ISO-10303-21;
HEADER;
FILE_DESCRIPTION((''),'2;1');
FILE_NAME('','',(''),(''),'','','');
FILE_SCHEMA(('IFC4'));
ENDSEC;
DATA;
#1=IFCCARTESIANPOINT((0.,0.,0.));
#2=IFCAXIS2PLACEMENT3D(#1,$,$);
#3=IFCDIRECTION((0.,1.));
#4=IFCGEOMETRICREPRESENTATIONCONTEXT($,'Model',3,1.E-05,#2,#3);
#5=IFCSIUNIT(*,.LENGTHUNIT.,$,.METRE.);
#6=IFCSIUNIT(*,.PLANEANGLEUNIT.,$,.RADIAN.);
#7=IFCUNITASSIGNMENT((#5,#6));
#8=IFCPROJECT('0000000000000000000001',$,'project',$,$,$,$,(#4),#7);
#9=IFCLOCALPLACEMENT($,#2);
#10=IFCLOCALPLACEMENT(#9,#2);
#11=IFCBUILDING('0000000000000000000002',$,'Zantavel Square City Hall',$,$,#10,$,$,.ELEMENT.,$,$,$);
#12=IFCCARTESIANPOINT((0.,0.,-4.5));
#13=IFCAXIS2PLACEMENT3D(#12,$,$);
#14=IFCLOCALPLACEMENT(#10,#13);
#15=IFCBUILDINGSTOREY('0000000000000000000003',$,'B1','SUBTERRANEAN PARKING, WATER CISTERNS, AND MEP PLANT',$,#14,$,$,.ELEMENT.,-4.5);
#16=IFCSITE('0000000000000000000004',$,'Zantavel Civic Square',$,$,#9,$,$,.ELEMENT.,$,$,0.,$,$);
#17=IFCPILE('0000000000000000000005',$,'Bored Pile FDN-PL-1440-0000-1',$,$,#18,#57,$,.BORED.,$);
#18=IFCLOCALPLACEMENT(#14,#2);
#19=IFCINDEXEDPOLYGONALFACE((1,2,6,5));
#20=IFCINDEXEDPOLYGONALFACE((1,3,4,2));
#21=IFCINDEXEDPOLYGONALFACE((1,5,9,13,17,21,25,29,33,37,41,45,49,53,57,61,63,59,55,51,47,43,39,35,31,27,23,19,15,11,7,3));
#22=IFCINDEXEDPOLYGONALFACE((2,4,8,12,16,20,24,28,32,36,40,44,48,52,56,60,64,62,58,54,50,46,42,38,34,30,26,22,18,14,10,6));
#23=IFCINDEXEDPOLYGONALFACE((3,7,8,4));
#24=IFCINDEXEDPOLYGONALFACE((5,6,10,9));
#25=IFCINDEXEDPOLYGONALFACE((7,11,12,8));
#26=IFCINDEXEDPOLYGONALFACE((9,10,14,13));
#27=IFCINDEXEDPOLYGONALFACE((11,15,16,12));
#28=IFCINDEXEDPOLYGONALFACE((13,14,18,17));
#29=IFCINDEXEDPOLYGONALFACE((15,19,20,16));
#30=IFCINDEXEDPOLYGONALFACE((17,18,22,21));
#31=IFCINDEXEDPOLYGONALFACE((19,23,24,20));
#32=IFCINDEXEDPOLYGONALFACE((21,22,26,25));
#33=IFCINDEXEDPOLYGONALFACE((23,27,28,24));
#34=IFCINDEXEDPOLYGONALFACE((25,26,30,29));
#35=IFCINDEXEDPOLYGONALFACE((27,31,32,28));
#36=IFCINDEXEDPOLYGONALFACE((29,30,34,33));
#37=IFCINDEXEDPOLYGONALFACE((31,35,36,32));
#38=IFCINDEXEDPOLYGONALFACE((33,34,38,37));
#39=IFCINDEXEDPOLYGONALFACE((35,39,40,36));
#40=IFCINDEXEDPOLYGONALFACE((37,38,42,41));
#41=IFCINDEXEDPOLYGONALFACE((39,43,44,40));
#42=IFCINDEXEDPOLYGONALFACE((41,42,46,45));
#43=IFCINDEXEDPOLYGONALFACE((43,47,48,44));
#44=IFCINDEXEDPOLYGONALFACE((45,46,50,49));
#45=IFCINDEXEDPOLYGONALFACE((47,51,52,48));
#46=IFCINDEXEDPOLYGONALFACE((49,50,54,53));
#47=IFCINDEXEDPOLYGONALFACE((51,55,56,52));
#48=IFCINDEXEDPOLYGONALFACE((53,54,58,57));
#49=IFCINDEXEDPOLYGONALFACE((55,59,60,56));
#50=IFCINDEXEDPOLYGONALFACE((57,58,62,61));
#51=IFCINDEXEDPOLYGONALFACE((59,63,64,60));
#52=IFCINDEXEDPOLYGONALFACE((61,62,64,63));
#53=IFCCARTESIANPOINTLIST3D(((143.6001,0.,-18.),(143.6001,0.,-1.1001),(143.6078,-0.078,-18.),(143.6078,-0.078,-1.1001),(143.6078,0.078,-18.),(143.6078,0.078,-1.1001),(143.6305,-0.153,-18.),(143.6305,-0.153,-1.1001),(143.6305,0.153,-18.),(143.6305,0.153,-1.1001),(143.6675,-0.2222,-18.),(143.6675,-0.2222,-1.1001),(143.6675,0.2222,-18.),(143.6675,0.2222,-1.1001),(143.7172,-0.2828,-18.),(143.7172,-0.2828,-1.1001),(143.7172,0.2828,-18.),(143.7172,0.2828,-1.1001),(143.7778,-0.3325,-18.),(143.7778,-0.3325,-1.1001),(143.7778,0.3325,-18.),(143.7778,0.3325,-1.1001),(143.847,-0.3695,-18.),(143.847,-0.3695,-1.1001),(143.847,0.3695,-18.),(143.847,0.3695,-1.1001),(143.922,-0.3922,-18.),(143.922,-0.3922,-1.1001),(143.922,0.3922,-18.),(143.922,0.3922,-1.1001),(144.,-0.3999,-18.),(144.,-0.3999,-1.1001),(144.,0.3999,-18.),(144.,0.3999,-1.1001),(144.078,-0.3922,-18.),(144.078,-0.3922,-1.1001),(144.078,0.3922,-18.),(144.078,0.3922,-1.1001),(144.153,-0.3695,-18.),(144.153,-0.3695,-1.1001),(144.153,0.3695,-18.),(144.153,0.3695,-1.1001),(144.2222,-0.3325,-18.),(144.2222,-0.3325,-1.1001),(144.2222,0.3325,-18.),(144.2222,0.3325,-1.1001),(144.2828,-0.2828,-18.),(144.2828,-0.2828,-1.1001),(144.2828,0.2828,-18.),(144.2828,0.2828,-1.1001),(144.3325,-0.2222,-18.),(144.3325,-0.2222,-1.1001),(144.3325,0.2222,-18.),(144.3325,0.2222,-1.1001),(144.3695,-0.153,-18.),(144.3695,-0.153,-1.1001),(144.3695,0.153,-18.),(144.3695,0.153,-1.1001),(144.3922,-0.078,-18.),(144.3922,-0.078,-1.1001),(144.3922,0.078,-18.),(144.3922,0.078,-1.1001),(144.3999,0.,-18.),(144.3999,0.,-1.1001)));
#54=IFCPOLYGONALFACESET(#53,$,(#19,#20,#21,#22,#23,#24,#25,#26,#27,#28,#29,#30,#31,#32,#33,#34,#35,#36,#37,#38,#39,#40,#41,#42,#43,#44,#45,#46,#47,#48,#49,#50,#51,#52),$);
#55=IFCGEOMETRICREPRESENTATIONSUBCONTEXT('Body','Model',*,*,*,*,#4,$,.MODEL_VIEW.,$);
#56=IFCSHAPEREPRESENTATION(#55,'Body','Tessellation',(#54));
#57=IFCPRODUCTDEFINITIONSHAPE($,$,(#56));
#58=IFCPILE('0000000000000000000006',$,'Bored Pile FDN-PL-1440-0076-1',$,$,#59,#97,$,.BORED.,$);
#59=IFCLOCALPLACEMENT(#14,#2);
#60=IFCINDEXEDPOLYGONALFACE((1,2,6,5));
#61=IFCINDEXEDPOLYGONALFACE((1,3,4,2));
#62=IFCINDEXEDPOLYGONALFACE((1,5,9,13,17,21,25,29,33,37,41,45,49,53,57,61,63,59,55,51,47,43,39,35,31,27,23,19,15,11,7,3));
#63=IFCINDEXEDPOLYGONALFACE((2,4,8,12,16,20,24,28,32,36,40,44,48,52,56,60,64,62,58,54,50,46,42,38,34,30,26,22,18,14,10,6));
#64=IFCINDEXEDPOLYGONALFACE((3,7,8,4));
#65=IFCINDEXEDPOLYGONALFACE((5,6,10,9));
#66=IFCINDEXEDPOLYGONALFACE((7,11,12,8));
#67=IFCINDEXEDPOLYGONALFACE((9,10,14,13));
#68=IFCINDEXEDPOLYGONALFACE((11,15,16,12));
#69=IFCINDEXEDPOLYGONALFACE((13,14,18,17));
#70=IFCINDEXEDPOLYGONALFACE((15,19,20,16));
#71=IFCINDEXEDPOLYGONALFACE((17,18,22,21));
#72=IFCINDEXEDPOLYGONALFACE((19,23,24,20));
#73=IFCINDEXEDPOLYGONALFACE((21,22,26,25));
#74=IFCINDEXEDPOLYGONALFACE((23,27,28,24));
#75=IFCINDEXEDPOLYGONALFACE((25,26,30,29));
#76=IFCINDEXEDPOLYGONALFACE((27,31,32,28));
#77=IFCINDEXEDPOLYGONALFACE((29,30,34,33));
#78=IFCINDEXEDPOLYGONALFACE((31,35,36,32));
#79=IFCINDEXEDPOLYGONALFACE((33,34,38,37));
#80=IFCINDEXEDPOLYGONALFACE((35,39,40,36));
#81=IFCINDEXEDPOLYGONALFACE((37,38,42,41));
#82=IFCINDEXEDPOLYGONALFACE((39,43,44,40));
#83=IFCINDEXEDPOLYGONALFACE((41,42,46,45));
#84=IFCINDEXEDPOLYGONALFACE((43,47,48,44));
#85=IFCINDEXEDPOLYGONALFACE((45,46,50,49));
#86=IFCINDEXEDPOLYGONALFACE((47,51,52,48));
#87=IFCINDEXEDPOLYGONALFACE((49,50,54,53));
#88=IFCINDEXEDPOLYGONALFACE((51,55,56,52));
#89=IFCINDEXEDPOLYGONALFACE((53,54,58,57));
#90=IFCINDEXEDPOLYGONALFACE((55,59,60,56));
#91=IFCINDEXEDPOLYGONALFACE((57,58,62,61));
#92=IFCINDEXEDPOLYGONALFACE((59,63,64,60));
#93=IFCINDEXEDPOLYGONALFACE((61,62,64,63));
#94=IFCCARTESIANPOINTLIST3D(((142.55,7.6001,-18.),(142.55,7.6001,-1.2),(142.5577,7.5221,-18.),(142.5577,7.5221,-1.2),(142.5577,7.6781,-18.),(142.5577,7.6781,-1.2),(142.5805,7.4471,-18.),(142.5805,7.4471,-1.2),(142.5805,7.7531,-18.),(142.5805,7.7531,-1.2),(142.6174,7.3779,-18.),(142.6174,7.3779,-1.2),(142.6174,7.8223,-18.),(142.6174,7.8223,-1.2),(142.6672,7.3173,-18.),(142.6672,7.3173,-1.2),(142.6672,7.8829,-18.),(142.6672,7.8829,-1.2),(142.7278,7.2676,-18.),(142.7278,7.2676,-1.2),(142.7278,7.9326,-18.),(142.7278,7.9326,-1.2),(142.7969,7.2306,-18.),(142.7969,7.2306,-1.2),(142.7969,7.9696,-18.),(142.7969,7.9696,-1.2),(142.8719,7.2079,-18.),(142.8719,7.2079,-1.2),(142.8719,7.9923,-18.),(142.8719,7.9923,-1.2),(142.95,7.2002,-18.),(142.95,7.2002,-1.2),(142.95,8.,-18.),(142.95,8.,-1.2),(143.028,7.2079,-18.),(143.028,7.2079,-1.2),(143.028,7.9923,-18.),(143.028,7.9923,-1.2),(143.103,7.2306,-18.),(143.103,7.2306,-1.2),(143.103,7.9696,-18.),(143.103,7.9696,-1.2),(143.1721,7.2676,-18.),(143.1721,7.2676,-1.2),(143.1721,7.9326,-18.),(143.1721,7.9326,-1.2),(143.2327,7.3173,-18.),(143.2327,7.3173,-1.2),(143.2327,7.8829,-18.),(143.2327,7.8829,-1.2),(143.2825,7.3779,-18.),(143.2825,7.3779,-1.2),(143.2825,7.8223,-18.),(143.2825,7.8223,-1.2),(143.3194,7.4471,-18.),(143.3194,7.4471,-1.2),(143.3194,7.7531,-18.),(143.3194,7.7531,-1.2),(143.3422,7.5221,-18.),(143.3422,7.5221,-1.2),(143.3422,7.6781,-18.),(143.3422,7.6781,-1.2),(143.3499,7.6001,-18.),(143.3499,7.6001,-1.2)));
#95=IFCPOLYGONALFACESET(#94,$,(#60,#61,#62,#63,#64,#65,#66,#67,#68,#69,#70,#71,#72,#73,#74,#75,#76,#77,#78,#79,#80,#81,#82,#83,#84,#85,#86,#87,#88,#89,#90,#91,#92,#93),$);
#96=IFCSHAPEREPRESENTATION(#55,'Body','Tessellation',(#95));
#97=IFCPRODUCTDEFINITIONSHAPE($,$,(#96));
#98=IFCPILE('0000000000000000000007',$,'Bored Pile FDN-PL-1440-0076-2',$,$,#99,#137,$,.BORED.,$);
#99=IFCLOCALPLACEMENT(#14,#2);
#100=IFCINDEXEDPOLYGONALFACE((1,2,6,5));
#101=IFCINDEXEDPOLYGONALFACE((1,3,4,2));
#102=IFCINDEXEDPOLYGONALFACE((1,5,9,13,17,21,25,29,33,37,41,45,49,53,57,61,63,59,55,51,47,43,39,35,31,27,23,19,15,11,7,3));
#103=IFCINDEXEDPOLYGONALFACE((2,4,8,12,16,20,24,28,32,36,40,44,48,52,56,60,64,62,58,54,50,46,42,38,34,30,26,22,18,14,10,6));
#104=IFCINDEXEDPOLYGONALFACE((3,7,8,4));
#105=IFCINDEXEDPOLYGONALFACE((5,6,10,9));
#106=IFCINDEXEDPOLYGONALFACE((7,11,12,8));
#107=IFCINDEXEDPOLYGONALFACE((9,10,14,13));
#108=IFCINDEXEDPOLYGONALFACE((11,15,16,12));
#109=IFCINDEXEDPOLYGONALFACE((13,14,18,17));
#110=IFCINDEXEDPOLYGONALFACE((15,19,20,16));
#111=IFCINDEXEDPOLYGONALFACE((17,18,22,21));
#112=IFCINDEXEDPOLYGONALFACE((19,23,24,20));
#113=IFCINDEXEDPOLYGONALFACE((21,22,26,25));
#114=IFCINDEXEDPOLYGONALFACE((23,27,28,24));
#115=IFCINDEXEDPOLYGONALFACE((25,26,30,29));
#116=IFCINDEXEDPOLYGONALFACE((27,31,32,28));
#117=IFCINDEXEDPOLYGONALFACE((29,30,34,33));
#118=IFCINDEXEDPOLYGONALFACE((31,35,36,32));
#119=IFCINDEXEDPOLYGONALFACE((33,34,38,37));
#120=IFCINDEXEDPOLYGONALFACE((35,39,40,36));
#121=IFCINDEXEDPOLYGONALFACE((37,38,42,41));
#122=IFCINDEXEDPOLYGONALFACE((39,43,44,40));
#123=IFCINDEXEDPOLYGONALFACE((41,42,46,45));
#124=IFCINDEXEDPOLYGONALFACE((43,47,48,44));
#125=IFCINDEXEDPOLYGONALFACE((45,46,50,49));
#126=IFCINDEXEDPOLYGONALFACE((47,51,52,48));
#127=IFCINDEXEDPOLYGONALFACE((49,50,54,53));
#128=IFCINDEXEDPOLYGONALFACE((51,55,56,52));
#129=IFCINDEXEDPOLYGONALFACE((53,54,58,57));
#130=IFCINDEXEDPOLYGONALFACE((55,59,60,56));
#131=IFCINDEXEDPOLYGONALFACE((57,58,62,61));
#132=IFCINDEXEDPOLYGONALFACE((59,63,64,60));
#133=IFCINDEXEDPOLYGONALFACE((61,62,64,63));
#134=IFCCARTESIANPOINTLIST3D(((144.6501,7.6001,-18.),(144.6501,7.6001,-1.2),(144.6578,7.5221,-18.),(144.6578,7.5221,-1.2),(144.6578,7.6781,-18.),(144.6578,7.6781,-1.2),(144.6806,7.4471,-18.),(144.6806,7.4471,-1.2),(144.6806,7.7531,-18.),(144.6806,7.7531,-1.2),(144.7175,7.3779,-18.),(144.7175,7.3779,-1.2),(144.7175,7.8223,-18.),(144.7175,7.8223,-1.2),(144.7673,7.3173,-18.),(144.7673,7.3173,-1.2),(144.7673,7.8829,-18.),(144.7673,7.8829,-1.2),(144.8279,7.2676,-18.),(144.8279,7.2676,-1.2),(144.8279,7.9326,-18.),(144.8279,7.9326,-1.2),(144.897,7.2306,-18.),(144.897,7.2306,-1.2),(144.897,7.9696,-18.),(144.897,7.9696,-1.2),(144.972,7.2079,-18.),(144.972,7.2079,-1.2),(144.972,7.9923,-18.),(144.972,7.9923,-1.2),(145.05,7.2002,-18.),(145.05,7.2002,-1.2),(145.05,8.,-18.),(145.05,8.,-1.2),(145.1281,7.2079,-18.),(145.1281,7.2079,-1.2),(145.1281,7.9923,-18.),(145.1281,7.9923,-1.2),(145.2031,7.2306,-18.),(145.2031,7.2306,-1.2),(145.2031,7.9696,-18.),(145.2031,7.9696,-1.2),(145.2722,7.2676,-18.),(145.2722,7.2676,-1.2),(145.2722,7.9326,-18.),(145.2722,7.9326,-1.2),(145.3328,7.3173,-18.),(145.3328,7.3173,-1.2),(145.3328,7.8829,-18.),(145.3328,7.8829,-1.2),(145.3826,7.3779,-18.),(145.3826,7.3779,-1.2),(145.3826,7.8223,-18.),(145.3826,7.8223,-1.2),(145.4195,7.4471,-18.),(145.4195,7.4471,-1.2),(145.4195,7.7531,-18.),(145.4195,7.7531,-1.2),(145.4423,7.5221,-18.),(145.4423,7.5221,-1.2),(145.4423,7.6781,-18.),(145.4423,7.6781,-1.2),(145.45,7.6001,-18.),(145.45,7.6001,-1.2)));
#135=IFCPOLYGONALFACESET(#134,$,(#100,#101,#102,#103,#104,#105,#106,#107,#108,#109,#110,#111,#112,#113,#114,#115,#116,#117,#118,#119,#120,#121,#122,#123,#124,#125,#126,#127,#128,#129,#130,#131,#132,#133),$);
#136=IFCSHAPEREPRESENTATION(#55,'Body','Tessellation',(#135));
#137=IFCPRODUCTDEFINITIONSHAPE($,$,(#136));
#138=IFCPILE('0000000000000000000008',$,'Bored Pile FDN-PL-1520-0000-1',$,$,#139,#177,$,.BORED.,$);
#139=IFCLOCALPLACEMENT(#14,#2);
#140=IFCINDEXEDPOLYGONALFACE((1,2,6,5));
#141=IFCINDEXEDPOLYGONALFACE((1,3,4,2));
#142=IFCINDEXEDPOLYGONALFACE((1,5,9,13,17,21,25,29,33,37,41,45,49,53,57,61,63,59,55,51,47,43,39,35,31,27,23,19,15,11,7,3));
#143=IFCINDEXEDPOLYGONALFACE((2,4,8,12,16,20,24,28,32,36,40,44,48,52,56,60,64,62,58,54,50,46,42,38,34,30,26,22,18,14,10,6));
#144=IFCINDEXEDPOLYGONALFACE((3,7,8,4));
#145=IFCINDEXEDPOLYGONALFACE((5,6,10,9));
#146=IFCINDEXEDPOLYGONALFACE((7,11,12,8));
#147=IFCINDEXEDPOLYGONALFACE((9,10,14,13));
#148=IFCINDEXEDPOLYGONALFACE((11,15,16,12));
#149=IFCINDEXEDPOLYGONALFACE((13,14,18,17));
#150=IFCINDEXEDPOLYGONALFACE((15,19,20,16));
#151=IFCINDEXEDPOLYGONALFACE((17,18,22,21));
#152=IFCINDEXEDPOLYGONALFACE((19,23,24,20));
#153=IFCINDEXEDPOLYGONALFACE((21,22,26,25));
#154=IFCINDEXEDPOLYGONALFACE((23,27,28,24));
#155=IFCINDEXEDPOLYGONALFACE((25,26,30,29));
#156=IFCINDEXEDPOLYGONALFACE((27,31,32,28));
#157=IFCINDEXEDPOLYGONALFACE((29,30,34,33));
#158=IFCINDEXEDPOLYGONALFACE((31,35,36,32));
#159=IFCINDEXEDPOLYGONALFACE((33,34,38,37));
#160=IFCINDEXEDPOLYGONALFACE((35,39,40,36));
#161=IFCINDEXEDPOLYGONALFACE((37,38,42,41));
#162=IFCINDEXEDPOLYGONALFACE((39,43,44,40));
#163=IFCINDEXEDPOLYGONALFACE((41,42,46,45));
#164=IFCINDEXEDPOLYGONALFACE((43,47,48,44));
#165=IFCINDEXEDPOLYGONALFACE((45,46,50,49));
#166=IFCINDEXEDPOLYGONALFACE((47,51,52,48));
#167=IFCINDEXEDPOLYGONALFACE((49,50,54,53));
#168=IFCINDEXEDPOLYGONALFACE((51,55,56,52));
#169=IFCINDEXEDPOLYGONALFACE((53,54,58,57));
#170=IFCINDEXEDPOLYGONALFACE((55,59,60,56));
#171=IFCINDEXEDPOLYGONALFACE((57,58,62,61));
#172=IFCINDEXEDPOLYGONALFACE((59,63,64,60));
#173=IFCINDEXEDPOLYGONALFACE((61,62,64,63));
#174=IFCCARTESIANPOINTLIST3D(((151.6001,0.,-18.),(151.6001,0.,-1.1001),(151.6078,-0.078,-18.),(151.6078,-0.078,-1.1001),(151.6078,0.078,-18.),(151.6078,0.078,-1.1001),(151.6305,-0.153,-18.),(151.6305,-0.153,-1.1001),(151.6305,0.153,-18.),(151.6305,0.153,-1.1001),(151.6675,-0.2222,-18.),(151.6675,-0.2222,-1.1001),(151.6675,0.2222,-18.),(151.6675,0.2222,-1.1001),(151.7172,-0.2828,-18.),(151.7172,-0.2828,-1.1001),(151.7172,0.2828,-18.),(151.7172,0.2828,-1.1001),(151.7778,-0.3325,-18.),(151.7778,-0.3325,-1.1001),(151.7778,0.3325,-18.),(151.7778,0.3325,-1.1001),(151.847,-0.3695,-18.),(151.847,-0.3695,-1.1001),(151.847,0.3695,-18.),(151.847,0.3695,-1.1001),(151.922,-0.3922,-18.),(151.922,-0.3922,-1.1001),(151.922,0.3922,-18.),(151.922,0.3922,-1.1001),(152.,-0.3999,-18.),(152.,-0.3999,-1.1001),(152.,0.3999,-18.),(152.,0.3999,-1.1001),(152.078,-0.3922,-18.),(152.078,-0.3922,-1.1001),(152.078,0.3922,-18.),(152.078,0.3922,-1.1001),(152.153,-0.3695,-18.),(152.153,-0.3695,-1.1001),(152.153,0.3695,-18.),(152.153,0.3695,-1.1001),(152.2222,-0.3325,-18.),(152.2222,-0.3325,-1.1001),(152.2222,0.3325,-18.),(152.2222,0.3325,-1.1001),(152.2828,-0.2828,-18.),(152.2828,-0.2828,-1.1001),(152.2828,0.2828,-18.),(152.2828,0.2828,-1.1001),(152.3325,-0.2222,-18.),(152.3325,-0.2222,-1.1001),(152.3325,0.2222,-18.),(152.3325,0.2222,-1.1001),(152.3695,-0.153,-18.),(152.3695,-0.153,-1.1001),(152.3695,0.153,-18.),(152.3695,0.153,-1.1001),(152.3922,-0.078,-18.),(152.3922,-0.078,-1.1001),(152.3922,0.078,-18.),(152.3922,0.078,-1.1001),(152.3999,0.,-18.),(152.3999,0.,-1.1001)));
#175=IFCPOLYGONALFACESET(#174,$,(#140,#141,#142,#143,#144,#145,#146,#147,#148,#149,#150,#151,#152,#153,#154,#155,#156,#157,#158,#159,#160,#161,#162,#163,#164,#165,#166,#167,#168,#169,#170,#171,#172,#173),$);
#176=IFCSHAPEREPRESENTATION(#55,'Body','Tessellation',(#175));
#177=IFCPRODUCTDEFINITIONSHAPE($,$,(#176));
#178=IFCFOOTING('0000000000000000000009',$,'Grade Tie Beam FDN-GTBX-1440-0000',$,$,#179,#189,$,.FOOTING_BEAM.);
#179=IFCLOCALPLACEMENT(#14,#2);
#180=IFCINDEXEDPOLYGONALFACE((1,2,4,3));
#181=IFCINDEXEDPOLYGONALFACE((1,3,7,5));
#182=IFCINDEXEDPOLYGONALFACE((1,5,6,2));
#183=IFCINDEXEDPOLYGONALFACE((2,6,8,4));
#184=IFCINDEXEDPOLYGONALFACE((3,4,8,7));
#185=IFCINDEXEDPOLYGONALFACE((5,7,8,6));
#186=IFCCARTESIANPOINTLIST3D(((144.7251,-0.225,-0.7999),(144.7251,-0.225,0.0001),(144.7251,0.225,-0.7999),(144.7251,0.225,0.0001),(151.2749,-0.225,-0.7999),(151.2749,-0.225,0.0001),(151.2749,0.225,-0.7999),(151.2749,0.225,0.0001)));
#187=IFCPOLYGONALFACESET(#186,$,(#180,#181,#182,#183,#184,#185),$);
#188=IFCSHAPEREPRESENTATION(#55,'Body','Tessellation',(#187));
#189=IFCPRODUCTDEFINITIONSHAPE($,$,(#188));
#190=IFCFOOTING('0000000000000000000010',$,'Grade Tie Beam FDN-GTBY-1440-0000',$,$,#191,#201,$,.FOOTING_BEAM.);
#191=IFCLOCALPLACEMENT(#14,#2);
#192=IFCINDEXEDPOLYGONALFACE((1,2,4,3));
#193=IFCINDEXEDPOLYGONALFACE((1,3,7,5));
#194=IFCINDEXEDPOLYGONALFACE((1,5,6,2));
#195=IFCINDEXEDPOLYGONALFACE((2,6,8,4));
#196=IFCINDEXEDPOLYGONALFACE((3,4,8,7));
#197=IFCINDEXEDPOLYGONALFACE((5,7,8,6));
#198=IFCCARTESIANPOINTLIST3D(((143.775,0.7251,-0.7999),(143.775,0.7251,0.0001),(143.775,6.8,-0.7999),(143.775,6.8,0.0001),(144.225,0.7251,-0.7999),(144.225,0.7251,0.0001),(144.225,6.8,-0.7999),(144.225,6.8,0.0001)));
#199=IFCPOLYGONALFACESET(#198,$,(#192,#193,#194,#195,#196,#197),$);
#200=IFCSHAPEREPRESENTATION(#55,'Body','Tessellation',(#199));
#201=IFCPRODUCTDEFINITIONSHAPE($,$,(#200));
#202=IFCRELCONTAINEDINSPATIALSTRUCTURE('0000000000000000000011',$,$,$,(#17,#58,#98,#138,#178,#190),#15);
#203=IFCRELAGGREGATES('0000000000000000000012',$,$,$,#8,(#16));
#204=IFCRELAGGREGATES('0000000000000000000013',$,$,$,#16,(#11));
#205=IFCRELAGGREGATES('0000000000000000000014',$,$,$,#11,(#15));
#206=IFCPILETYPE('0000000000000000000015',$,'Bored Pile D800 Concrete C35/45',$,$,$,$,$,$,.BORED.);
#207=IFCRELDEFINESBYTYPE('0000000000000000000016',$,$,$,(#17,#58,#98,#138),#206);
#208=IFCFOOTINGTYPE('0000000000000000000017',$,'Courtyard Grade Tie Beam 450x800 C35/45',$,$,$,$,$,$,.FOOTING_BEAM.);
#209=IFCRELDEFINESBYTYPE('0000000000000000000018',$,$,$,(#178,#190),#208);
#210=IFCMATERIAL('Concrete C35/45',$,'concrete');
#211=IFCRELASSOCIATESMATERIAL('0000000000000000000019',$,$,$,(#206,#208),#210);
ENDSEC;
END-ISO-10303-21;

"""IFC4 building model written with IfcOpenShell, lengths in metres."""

from ifc_helpers import new_model, si_unit, direction, frame, origin, origin_2d, place, context, subcontext, project, spatial, rectangle, circle, extrude, material, material_profile, profile_set, type_object, element, save


model = new_model("IFC4")

# Units and contexts
model_context = context("Model", 3, precision=1e-05, world=origin(), true_north=direction((0.0, 1.0)))
body_context = subcontext(model_context, "Body", "Model", "MODEL_VIEW")
ifc_project = project(units=[si_unit("LENGTHUNIT", "METRE"), si_unit("PLANEANGLEUNIT", "RADIAN")], contexts=[model_context])

# Site, building, storey
site_placement = place(None, origin())
site = spatial("IfcSite", under=ifc_project, at=site_placement, Name="Zantavel Civic Square", CompositionType="ELEMENT", RefElevation=0.0)
building_placement = place(site_placement, origin())
building = spatial("IfcBuilding", under=site, at=building_placement, Name="Zantavel Square City Hall", CompositionType="ELEMENT")
storey_placement = place(building_placement, frame((0.0, 0.0, -4.5)))
storey = spatial("IfcBuildingStorey", under=building, at=storey_placement, Name="B1", Description="SUBTERRANEAN PARKING, WATER CISTERNS, AND MEP PLANT", CompositionType="ELEMENT", Elevation=-4.5)

# Piles
ifc_material_1 = material(Name="Concrete C35/45", Category="concrete")
ifc_material_profile_1 = material_profile(ifc_material_1, circle(Radius=0.3999, at=origin_2d()), Name="PILE D800")
ifc_profile_set_1 = profile_set([ifc_material_profile_1], Name="Concrete C35/45")
pile_type = type_object("IfcPileType", Name="Bored Pile D800 Concrete C35/45", PredefinedType="BORED", material=ifc_profile_set_1)
pile_1_placement = place(storey_placement, frame((144.0, 0.0, -1.1001), z_axis=(0.0, 0.0, -1.0), x_axis=(1.0, 0.0, 0.0)))
element("IfcPile", 1, at=pile_1_placement, inside=storey, type_object=pile_type, Name="Bored Pile FDN-PL-1440-0000-1", PredefinedType="BORED", context=body_context, shape_type="SweptSolid", body=[
    extrude(circle(Radius=0.3999, at=origin_2d()), origin(), (0.0, 0.0, 1.0), 16.8999),
])
for number, where, z_axis, x_axis, name in (
    (2, (142.95, 7.6001, -1.2), (0.0, 0.0, -1.0), (1.0, 0.0, 0.0), "Bored Pile FDN-PL-1440-0076-1"),
    (3, (145.05, 7.6001, -1.2), (0.0, 0.0, -1.0), (1.0, 0.0, 0.0), "Bored Pile FDN-PL-1440-0076-2"),
):
    element("IfcPile", number, at=place(storey_placement, frame(where, z_axis=z_axis, x_axis=x_axis)), inside=storey, type_object=pile_type, Name=name, PredefinedType="BORED", context=body_context, shape_type="SweptSolid", body=[
        extrude(circle(Radius=0.3999, at=origin_2d()), origin(), (0.0, 0.0, 1.0), 16.8),
    ])
pile_2_placement = place(storey_placement, frame((152.0, 0.0, -1.1001), z_axis=(0.0, 0.0, -1.0), x_axis=(1.0, 0.0, 0.0)))
element("IfcPile", 4, at=pile_2_placement, inside=storey, type_object=pile_type, Name="Bored Pile FDN-PL-1520-0000-1", PredefinedType="BORED", context=body_context, shape_type="SweptSolid", body=[
    extrude(circle(Radius=0.3999, at=origin_2d()), origin(), (0.0, 0.0, 1.0), 16.8999),
])

# Footings
ifc_material_profile_2 = material_profile(ifc_material_1, rectangle(XDim=0.45, YDim=0.8, at=origin_2d()), Name="RC 450x800")
ifc_profile_set_2 = profile_set([ifc_material_profile_2], Name="Concrete C35/45")
footing_type_1 = type_object("IfcFootingType", Name="Courtyard Grade Tie Beam 450x800 C35/45", PredefinedType="FOOTING_BEAM", material=ifc_profile_set_2)
footing_1_placement = place(storey_placement, frame((144.7251, 0.0, -0.3999), z_axis=(1.0, 0.0, 0.0), x_axis=(0.0, 1.0, 0.0)))
element("IfcFooting", 5, at=footing_1_placement, inside=storey, type_object=footing_type_1, Name="Grade Tie Beam FDN-GTBX-1440-0000", PredefinedType="FOOTING_BEAM", context=body_context, shape_type="SweptSolid", body=[
    extrude(rectangle(XDim=0.45, YDim=0.8, at=origin_2d()), origin(), (0.0, 0.0, 1.0), 6.5498),
])
footing_2_placement = place(storey_placement, frame((144.0, 0.7251, -0.3999), z_axis=(0.0, 1.0, 0.0), x_axis=(-1.0, 0.0, 0.0)))
element("IfcFooting", 6, at=footing_2_placement, inside=storey, type_object=footing_type_1, Name="Grade Tie Beam FDN-GTBY-1440-0000", PredefinedType="FOOTING_BEAM", context=body_context, shape_type="SweptSolid", body=[
    extrude(rectangle(XDim=0.45, YDim=0.8, at=origin_2d()), origin(), (0.0, 0.0, 1.0), 6.075),
])

save(model, "model.ifc")
